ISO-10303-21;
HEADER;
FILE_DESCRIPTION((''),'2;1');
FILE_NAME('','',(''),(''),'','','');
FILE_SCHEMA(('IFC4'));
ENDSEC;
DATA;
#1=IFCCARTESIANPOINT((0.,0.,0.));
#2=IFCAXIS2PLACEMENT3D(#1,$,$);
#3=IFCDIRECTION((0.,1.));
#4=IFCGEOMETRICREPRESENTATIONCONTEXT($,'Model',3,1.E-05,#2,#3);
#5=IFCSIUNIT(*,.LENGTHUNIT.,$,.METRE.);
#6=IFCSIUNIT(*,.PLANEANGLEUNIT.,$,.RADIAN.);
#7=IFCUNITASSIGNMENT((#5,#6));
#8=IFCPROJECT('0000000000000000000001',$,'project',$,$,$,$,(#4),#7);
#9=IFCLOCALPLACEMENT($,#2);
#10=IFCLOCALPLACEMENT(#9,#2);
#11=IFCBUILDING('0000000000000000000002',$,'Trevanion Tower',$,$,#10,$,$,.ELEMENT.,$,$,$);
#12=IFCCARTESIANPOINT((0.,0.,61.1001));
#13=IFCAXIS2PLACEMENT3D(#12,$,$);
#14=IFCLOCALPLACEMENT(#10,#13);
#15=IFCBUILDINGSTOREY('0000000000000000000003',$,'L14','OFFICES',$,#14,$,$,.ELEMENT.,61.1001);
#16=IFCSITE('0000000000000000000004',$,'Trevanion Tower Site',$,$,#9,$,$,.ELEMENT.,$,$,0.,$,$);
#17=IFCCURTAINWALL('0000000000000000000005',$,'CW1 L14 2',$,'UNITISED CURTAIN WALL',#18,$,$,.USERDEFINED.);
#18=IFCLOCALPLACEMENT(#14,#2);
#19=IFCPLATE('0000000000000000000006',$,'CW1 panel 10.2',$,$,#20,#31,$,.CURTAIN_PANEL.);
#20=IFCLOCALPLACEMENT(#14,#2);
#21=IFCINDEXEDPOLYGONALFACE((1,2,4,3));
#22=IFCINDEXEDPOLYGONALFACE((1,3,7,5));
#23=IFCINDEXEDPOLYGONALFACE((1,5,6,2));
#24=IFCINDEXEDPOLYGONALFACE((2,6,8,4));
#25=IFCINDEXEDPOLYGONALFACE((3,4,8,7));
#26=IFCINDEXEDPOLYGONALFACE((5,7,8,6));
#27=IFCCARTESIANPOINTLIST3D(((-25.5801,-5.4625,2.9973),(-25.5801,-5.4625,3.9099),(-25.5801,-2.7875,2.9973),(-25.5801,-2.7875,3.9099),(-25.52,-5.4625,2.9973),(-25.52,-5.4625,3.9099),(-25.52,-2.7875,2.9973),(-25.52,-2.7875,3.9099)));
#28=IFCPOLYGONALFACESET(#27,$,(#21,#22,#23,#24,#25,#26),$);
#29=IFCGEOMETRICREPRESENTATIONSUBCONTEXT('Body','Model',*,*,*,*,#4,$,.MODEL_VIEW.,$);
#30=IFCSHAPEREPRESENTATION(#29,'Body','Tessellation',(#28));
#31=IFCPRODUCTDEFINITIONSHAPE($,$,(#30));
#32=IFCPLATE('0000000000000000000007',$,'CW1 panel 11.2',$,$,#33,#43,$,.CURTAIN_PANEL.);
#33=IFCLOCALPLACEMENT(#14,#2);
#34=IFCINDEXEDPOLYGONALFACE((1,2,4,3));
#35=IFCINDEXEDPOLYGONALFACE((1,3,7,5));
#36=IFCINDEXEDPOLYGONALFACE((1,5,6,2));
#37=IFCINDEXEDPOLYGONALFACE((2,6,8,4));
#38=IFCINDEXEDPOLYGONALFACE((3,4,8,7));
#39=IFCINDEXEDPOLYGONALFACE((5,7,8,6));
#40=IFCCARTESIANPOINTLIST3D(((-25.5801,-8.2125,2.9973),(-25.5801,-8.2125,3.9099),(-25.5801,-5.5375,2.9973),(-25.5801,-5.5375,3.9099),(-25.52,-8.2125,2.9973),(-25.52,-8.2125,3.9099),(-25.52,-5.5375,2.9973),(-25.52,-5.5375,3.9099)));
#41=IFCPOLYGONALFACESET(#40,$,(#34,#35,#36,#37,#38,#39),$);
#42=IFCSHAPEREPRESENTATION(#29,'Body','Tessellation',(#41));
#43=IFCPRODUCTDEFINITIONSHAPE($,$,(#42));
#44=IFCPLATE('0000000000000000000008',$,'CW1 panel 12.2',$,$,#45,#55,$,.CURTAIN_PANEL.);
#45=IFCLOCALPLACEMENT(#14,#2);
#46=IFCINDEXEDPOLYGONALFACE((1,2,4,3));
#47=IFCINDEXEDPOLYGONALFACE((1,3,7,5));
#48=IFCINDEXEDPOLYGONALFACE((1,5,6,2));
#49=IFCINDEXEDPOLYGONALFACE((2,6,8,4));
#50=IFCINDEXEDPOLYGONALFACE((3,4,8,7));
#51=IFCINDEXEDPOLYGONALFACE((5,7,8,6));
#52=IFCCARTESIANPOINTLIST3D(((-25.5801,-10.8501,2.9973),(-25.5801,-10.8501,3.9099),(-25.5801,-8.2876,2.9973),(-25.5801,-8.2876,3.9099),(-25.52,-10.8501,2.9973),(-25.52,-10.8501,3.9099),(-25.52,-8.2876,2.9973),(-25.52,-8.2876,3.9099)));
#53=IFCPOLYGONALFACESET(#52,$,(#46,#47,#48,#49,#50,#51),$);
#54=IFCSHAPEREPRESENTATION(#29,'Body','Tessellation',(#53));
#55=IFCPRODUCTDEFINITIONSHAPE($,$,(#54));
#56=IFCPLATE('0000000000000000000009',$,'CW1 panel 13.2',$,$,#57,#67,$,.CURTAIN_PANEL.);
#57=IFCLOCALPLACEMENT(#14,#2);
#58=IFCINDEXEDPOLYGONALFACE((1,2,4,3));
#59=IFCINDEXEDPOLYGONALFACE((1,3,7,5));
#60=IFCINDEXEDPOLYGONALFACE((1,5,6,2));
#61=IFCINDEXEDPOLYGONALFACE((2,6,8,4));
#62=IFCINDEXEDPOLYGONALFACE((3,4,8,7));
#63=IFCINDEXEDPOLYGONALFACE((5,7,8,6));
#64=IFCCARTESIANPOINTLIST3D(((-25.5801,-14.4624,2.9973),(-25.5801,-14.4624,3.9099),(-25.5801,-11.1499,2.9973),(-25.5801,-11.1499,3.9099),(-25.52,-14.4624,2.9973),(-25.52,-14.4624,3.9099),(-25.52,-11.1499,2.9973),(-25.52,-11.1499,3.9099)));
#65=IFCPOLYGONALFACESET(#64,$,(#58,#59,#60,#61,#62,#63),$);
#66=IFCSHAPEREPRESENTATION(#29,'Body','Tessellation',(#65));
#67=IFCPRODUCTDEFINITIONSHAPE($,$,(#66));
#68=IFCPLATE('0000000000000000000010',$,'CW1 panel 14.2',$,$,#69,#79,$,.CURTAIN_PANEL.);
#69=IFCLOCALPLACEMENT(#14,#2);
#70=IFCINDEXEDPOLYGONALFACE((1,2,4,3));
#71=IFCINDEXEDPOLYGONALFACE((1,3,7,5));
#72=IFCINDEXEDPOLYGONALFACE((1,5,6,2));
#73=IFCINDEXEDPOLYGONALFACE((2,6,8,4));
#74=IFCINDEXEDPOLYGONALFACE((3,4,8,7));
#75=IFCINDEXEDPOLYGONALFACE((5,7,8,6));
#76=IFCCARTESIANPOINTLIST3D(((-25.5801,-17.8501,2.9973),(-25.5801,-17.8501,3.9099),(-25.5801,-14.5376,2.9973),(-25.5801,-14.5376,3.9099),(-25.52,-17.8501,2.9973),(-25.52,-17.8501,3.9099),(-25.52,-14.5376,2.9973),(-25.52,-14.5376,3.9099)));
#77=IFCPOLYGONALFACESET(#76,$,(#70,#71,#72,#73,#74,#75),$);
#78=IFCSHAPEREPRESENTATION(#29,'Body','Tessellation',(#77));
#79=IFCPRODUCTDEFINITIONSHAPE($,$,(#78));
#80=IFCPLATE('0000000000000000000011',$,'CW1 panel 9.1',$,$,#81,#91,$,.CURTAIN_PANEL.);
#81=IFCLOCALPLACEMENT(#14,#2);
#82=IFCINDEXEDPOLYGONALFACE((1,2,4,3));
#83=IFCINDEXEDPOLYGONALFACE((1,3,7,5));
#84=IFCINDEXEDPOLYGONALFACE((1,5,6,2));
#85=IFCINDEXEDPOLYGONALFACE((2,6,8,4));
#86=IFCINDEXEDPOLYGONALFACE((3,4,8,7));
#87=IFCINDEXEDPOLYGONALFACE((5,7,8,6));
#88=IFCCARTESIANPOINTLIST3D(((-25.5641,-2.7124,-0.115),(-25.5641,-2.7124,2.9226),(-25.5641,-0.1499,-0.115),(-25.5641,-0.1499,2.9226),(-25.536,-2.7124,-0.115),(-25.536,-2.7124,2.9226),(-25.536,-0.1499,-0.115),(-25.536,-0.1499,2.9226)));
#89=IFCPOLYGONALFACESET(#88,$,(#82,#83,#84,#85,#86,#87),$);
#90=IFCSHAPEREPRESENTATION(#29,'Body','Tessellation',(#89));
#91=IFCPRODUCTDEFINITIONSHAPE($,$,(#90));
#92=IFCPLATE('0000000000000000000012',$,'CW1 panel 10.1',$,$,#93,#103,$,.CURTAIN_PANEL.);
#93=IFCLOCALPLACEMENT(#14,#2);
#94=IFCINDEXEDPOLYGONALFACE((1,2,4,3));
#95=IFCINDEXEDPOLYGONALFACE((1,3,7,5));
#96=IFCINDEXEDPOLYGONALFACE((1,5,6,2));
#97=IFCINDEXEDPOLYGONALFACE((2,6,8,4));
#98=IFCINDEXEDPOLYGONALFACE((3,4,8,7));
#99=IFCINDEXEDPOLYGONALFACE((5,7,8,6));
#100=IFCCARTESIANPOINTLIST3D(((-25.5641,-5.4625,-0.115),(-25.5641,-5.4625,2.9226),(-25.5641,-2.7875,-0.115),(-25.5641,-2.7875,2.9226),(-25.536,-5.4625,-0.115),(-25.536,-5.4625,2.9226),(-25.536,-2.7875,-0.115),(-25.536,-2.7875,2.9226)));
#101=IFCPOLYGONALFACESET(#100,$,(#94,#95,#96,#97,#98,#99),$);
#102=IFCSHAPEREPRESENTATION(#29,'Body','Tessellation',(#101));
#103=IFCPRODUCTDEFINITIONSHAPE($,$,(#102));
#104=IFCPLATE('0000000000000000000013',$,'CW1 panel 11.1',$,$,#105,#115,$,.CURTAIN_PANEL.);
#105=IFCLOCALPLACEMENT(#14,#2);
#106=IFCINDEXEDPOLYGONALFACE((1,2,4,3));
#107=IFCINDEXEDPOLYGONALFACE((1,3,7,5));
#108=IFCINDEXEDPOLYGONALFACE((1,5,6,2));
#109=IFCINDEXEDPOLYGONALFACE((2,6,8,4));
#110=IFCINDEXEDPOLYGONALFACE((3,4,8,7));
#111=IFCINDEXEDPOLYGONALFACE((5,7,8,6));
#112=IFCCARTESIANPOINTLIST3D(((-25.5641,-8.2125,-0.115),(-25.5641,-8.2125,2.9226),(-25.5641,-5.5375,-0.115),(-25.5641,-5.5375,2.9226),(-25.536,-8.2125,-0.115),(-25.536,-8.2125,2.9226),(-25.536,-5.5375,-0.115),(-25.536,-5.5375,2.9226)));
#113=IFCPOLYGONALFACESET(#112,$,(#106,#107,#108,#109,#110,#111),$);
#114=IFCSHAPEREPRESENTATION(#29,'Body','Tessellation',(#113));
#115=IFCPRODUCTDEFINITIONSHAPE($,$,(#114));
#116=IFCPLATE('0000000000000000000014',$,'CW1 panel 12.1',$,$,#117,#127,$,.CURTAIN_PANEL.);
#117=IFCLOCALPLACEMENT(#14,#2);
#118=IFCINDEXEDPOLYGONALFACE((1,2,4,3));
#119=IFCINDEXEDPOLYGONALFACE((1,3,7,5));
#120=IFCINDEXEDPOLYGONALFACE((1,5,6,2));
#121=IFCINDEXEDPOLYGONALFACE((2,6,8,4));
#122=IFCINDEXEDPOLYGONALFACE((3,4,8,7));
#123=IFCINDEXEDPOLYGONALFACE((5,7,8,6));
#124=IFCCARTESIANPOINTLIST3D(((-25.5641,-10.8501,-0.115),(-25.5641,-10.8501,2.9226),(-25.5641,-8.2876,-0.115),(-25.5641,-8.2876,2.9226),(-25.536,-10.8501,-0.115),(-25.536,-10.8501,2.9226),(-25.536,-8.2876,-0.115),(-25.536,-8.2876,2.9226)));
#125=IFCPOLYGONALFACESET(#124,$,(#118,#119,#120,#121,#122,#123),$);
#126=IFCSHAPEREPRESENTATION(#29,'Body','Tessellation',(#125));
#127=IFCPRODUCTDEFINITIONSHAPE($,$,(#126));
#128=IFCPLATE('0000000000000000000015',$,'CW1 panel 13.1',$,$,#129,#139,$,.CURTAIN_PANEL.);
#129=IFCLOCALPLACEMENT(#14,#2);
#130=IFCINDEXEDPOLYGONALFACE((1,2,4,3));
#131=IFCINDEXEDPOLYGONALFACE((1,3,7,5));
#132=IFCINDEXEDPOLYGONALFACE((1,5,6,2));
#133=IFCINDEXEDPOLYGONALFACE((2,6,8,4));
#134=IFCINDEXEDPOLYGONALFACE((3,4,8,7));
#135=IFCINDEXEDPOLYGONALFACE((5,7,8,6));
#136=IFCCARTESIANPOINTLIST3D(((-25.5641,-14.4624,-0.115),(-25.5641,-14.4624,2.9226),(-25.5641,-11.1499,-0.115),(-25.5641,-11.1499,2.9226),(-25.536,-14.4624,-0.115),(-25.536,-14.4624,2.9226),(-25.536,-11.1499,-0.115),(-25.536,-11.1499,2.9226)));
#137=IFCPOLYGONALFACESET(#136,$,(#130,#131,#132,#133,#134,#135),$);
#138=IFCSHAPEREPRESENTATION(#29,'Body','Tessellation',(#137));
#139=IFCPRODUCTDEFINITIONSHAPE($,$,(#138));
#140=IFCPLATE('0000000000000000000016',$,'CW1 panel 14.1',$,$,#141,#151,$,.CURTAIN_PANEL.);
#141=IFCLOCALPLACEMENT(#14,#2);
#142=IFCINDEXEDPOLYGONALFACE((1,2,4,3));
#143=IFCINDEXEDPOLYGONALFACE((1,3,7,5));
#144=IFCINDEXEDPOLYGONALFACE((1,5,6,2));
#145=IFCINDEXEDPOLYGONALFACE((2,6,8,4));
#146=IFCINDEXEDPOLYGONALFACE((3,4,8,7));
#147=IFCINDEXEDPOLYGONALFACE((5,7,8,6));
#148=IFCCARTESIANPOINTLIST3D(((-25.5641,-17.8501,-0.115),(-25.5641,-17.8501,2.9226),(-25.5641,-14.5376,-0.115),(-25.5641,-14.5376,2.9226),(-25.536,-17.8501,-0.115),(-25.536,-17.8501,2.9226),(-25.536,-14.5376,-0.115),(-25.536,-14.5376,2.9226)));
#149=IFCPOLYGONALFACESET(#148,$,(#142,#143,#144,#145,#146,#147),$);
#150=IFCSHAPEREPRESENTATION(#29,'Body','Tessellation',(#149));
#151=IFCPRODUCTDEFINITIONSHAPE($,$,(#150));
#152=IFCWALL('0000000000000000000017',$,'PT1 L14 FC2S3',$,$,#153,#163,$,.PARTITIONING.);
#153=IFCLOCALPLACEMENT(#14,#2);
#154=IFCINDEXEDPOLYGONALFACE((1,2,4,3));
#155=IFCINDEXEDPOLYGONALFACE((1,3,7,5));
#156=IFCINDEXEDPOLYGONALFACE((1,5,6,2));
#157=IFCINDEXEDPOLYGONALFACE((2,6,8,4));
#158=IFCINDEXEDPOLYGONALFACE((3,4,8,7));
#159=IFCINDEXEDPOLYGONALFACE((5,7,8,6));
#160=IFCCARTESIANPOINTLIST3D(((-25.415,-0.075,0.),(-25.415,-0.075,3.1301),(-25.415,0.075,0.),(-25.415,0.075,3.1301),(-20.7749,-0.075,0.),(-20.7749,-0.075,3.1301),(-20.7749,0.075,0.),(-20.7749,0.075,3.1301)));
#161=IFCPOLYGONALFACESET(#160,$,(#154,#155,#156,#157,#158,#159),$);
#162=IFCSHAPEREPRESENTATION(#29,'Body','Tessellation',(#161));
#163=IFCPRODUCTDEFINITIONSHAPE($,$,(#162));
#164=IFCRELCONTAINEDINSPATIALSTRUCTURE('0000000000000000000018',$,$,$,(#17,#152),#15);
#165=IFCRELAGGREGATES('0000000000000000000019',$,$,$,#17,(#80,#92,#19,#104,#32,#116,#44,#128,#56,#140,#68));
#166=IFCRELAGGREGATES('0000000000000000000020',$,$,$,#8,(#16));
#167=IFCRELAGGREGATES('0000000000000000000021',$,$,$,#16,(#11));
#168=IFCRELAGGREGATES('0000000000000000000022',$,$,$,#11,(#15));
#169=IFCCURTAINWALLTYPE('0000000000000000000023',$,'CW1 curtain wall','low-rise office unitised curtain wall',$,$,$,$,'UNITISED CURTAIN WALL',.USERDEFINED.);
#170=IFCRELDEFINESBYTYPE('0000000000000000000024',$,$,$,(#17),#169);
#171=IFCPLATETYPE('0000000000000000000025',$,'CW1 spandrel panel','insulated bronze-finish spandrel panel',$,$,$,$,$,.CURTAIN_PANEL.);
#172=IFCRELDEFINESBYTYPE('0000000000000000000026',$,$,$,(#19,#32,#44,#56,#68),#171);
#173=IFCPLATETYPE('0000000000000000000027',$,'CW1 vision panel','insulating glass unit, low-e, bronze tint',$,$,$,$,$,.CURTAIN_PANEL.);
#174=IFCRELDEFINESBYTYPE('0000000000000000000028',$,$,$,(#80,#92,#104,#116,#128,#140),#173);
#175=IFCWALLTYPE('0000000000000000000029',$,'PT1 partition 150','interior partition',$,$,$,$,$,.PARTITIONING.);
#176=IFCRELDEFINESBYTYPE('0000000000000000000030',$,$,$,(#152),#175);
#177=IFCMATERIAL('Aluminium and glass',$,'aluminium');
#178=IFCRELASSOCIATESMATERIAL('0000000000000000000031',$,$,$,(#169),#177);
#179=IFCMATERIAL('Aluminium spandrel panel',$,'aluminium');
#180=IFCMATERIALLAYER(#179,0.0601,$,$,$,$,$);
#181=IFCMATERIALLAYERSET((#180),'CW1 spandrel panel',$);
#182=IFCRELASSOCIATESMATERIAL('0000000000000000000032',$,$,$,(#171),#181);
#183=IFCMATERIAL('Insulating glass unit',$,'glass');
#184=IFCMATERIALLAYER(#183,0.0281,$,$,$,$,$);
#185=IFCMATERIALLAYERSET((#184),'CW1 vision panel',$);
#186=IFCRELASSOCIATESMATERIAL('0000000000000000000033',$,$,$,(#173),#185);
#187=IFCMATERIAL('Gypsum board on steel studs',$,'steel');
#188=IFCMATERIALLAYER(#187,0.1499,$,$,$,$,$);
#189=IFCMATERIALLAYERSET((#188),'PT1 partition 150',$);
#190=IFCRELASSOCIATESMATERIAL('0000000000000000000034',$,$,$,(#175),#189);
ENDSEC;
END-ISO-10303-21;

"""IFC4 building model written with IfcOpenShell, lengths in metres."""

from ifc_helpers import new_model, si_unit, direction, frame, frame_2d, origin, origin_2d, place, context, subcontext, project, spatial, rectangle, extrude, material, layer, layer_set, type_object, element, aggregate, save


model = new_model("IFC4")

# Units and contexts
model_context = context("Model", 3, precision=1e-05, world=origin(), true_north=direction((0.0, 1.0)))
body_context = subcontext(model_context, "Body", "Model", "MODEL_VIEW")
ifc_project = project(units=[si_unit("LENGTHUNIT", "METRE"), si_unit("PLANEANGLEUNIT", "RADIAN")], contexts=[model_context])

# Site, building, storey
site_placement = place(None, origin())
site = spatial("IfcSite", under=ifc_project, at=site_placement, Name="Trevanion Tower Site", CompositionType="ELEMENT", RefElevation=0.0)
building_placement = place(site_placement, origin())
building = spatial("IfcBuilding", under=site, at=building_placement, Name="Trevanion Tower", CompositionType="ELEMENT")
storey_placement = place(building_placement, frame((0.0, 0.0, 61.1001)))
storey = spatial("IfcBuildingStorey", under=building, at=storey_placement, Name="L14", Description="OFFICES", CompositionType="ELEMENT", Elevation=61.1001)

# Curtain wall
ifc_material_1 = material(Name="Aluminium and glass", Category="aluminium")
curtain_wall_type = type_object("IfcCurtainWallType", Name="CW1 curtain wall", Description="low-rise office unitised curtain wall", ElementType="UNITISED CURTAIN WALL", PredefinedType="USERDEFINED", material=ifc_material_1)
curtain_wall_placement = place(storey_placement, origin())
curtain_wall = element("IfcCurtainWall", 1, at=curtain_wall_placement, inside=storey, type_object=curtain_wall_type, Name="CW1 L14 2", ObjectType="UNITISED CURTAIN WALL", PredefinedType="USERDEFINED")

# Plates
ifc_material_2 = material(Name="Aluminium spandrel panel", Category="aluminium")
ifc_layer_1 = layer(ifc_material_2, 0.0601)
ifc_layer_set_1 = layer_set([ifc_layer_1], Name="CW1 spandrel panel")
plate_type_1 = type_object("IfcPlateType", Name="CW1 spandrel panel", Description="insulated bronze-finish spandrel panel", PredefinedType="CURTAIN_PANEL", material=ifc_layer_set_1)
plate_1_placement = place(storey_placement, frame((-25.55, -4.125, 2.9973), z_axis=(0.0, 0.0, 1.0), x_axis=(0.0, -1.0, 0.0)))
plate_1 = element("IfcPlate", 2, at=plate_1_placement, type_object=plate_type_1, Name="CW1 panel 10.2", PredefinedType="CURTAIN_PANEL", context=body_context, shape_type="SweptSolid", body=[
    extrude(rectangle(XDim=2.675, YDim=0.0601, at=origin_2d()), origin(), (0.0, 0.0, 1.0), 0.9126),
])
plate_2_placement = place(storey_placement, frame((-25.55, -6.875, 2.9973), z_axis=(0.0, 0.0, 1.0), x_axis=(0.0, -1.0, 0.0)))
plate_2 = element("IfcPlate", 3, at=plate_2_placement, type_object=plate_type_1, Name="CW1 panel 11.2", PredefinedType="CURTAIN_PANEL", context=body_context, shape_type="SweptSolid", body=[
    extrude(rectangle(XDim=2.675, YDim=0.0601, at=origin_2d()), origin(), (0.0, 0.0, 1.0), 0.9126),
])
plate_3_placement = place(storey_placement, frame((-25.55, -9.5688, 2.9973), z_axis=(0.0, 0.0, 1.0), x_axis=(0.0, -1.0, 0.0)))
plate_3 = element("IfcPlate", 4, at=plate_3_placement, type_object=plate_type_1, Name="CW1 panel 12.2", PredefinedType="CURTAIN_PANEL", context=body_context, shape_type="SweptSolid", body=[
    extrude(rectangle(XDim=2.5625, YDim=0.0601, at=origin_2d()), origin(), (0.0, 0.0, 1.0), 0.9126),
])
plate_4_placement = place(storey_placement, frame((-25.55, -12.8062, 2.9973), z_axis=(0.0, 0.0, 1.0), x_axis=(0.0, -1.0, 0.0)))
plate_4 = element("IfcPlate", 5, at=plate_4_placement, type_object=plate_type_1, Name="CW1 panel 13.2", PredefinedType="CURTAIN_PANEL", context=body_context, shape_type="SweptSolid", body=[
    extrude(rectangle(XDim=3.3125, YDim=0.0601, at=origin_2d()), origin(), (0.0, 0.0, 1.0), 0.9126),
])
plate_5_placement = place(storey_placement, frame((-25.55, -16.1938, 2.9973), z_axis=(0.0, 0.0, 1.0), x_axis=(0.0, -1.0, 0.0)))
plate_5 = element("IfcPlate", 6, at=plate_5_placement, type_object=plate_type_1, Name="CW1 panel 14.2", PredefinedType="CURTAIN_PANEL", context=body_context, shape_type="SweptSolid", body=[
    extrude(rectangle(XDim=3.3125, YDim=0.0601, at=origin_2d()), origin(), (0.0, 0.0, 1.0), 0.9126),
])
ifc_material_3 = material(Name="Insulating glass unit", Category="glass")
ifc_layer_2 = layer(ifc_material_3, 0.0281)
ifc_layer_set_2 = layer_set([ifc_layer_2], Name="CW1 vision panel")
plate_type_2 = type_object("IfcPlateType", Name="CW1 vision panel", Description="insulating glass unit, low-e, bronze tint", PredefinedType="CURTAIN_PANEL", material=ifc_layer_set_2)
plate_6_placement = place(storey_placement, frame((-25.55, -1.4312, -0.115), z_axis=(0.0, 0.0, 1.0), x_axis=(0.0, -1.0, 0.0)))
plate_6 = element("IfcPlate", 7, at=plate_6_placement, type_object=plate_type_2, Name="CW1 panel 9.1", PredefinedType="CURTAIN_PANEL", context=body_context, shape_type="SweptSolid", body=[
    extrude(rectangle(XDim=2.5625, YDim=0.0281, at=origin_2d()), origin(), (0.0, 0.0, 1.0), 3.0376),
])
plate_7_placement = place(storey_placement, frame((-25.55, -4.125, -0.115), z_axis=(0.0, 0.0, 1.0), x_axis=(0.0, -1.0, 0.0)))
plate_7 = element("IfcPlate", 8, at=plate_7_placement, type_object=plate_type_2, Name="CW1 panel 10.1", PredefinedType="CURTAIN_PANEL", context=body_context, shape_type="SweptSolid", body=[
    extrude(rectangle(XDim=2.675, YDim=0.0281, at=origin_2d()), origin(), (0.0, 0.0, 1.0), 3.0376),
])
plate_8_placement = place(storey_placement, frame((-25.55, -6.875, -0.115), z_axis=(0.0, 0.0, 1.0), x_axis=(0.0, -1.0, 0.0)))
plate_8 = element("IfcPlate", 9, at=plate_8_placement, type_object=plate_type_2, Name="CW1 panel 11.1", PredefinedType="CURTAIN_PANEL", context=body_context, shape_type="SweptSolid", body=[
    extrude(rectangle(XDim=2.675, YDim=0.0281, at=origin_2d()), origin(), (0.0, 0.0, 1.0), 3.0376),
])
plate_9_placement = place(storey_placement, frame((-25.55, -9.5688, -0.115), z_axis=(0.0, 0.0, 1.0), x_axis=(0.0, -1.0, 0.0)))
plate_9 = element("IfcPlate", 10, at=plate_9_placement, type_object=plate_type_2, Name="CW1 panel 12.1", PredefinedType="CURTAIN_PANEL", context=body_context, shape_type="SweptSolid", body=[
    extrude(rectangle(XDim=2.5625, YDim=0.0281, at=origin_2d()), origin(), (0.0, 0.0, 1.0), 3.0376),
])
plate_10_placement = place(storey_placement, frame((-25.55, -12.8062, -0.115), z_axis=(0.0, 0.0, 1.0), x_axis=(0.0, -1.0, 0.0)))
plate_10 = element("IfcPlate", 11, at=plate_10_placement, type_object=plate_type_2, Name="CW1 panel 13.1", PredefinedType="CURTAIN_PANEL", context=body_context, shape_type="SweptSolid", body=[
    extrude(rectangle(XDim=3.3125, YDim=0.0281, at=origin_2d()), origin(), (0.0, 0.0, 1.0), 3.0376),
])
plate_11_placement = place(storey_placement, frame((-25.55, -16.1938, -0.115), z_axis=(0.0, 0.0, 1.0), x_axis=(0.0, -1.0, 0.0)))
plate_11 = element("IfcPlate", 12, at=plate_11_placement, type_object=plate_type_2, Name="CW1 panel 14.1", PredefinedType="CURTAIN_PANEL", context=body_context, shape_type="SweptSolid", body=[
    extrude(rectangle(XDim=3.3125, YDim=0.0281, at=origin_2d()), origin(), (0.0, 0.0, 1.0), 3.0376),
])
aggregate(curtain_wall, [plate_6, plate_7, plate_1, plate_8, plate_2, plate_9, plate_3, plate_10, plate_4, plate_11, plate_5])

# Wall
ifc_material_4 = material(Name="Gypsum board on steel studs", Category="steel")
ifc_layer_3 = layer(ifc_material_4, 0.1499)
ifc_layer_set_3 = layer_set([ifc_layer_3], Name="PT1 partition 150")
wall_type = type_object("IfcWallType", Name="PT1 partition 150", Description="interior partition", PredefinedType="PARTITIONING", material=ifc_layer_set_3)
wall_placement = place(storey_placement, frame((-20.7749, 0.0, 0.0), z_axis=(0.0, 0.0, 1.0), x_axis=(-1.0, 0.0, 0.0)))
element("IfcWall", 13, at=wall_placement, inside=storey, type_object=wall_type, Name="PT1 L14 FC2S3", PredefinedType="PARTITIONING", context=body_context, shape_type="SweptSolid", body=[
    extrude(rectangle(XDim=4.6401, YDim=0.1499, at=frame_2d((2.3201, 0.0))), origin(), (0.0, 0.0, 1.0), 3.1301),
])

save(model, "model.ifc")
